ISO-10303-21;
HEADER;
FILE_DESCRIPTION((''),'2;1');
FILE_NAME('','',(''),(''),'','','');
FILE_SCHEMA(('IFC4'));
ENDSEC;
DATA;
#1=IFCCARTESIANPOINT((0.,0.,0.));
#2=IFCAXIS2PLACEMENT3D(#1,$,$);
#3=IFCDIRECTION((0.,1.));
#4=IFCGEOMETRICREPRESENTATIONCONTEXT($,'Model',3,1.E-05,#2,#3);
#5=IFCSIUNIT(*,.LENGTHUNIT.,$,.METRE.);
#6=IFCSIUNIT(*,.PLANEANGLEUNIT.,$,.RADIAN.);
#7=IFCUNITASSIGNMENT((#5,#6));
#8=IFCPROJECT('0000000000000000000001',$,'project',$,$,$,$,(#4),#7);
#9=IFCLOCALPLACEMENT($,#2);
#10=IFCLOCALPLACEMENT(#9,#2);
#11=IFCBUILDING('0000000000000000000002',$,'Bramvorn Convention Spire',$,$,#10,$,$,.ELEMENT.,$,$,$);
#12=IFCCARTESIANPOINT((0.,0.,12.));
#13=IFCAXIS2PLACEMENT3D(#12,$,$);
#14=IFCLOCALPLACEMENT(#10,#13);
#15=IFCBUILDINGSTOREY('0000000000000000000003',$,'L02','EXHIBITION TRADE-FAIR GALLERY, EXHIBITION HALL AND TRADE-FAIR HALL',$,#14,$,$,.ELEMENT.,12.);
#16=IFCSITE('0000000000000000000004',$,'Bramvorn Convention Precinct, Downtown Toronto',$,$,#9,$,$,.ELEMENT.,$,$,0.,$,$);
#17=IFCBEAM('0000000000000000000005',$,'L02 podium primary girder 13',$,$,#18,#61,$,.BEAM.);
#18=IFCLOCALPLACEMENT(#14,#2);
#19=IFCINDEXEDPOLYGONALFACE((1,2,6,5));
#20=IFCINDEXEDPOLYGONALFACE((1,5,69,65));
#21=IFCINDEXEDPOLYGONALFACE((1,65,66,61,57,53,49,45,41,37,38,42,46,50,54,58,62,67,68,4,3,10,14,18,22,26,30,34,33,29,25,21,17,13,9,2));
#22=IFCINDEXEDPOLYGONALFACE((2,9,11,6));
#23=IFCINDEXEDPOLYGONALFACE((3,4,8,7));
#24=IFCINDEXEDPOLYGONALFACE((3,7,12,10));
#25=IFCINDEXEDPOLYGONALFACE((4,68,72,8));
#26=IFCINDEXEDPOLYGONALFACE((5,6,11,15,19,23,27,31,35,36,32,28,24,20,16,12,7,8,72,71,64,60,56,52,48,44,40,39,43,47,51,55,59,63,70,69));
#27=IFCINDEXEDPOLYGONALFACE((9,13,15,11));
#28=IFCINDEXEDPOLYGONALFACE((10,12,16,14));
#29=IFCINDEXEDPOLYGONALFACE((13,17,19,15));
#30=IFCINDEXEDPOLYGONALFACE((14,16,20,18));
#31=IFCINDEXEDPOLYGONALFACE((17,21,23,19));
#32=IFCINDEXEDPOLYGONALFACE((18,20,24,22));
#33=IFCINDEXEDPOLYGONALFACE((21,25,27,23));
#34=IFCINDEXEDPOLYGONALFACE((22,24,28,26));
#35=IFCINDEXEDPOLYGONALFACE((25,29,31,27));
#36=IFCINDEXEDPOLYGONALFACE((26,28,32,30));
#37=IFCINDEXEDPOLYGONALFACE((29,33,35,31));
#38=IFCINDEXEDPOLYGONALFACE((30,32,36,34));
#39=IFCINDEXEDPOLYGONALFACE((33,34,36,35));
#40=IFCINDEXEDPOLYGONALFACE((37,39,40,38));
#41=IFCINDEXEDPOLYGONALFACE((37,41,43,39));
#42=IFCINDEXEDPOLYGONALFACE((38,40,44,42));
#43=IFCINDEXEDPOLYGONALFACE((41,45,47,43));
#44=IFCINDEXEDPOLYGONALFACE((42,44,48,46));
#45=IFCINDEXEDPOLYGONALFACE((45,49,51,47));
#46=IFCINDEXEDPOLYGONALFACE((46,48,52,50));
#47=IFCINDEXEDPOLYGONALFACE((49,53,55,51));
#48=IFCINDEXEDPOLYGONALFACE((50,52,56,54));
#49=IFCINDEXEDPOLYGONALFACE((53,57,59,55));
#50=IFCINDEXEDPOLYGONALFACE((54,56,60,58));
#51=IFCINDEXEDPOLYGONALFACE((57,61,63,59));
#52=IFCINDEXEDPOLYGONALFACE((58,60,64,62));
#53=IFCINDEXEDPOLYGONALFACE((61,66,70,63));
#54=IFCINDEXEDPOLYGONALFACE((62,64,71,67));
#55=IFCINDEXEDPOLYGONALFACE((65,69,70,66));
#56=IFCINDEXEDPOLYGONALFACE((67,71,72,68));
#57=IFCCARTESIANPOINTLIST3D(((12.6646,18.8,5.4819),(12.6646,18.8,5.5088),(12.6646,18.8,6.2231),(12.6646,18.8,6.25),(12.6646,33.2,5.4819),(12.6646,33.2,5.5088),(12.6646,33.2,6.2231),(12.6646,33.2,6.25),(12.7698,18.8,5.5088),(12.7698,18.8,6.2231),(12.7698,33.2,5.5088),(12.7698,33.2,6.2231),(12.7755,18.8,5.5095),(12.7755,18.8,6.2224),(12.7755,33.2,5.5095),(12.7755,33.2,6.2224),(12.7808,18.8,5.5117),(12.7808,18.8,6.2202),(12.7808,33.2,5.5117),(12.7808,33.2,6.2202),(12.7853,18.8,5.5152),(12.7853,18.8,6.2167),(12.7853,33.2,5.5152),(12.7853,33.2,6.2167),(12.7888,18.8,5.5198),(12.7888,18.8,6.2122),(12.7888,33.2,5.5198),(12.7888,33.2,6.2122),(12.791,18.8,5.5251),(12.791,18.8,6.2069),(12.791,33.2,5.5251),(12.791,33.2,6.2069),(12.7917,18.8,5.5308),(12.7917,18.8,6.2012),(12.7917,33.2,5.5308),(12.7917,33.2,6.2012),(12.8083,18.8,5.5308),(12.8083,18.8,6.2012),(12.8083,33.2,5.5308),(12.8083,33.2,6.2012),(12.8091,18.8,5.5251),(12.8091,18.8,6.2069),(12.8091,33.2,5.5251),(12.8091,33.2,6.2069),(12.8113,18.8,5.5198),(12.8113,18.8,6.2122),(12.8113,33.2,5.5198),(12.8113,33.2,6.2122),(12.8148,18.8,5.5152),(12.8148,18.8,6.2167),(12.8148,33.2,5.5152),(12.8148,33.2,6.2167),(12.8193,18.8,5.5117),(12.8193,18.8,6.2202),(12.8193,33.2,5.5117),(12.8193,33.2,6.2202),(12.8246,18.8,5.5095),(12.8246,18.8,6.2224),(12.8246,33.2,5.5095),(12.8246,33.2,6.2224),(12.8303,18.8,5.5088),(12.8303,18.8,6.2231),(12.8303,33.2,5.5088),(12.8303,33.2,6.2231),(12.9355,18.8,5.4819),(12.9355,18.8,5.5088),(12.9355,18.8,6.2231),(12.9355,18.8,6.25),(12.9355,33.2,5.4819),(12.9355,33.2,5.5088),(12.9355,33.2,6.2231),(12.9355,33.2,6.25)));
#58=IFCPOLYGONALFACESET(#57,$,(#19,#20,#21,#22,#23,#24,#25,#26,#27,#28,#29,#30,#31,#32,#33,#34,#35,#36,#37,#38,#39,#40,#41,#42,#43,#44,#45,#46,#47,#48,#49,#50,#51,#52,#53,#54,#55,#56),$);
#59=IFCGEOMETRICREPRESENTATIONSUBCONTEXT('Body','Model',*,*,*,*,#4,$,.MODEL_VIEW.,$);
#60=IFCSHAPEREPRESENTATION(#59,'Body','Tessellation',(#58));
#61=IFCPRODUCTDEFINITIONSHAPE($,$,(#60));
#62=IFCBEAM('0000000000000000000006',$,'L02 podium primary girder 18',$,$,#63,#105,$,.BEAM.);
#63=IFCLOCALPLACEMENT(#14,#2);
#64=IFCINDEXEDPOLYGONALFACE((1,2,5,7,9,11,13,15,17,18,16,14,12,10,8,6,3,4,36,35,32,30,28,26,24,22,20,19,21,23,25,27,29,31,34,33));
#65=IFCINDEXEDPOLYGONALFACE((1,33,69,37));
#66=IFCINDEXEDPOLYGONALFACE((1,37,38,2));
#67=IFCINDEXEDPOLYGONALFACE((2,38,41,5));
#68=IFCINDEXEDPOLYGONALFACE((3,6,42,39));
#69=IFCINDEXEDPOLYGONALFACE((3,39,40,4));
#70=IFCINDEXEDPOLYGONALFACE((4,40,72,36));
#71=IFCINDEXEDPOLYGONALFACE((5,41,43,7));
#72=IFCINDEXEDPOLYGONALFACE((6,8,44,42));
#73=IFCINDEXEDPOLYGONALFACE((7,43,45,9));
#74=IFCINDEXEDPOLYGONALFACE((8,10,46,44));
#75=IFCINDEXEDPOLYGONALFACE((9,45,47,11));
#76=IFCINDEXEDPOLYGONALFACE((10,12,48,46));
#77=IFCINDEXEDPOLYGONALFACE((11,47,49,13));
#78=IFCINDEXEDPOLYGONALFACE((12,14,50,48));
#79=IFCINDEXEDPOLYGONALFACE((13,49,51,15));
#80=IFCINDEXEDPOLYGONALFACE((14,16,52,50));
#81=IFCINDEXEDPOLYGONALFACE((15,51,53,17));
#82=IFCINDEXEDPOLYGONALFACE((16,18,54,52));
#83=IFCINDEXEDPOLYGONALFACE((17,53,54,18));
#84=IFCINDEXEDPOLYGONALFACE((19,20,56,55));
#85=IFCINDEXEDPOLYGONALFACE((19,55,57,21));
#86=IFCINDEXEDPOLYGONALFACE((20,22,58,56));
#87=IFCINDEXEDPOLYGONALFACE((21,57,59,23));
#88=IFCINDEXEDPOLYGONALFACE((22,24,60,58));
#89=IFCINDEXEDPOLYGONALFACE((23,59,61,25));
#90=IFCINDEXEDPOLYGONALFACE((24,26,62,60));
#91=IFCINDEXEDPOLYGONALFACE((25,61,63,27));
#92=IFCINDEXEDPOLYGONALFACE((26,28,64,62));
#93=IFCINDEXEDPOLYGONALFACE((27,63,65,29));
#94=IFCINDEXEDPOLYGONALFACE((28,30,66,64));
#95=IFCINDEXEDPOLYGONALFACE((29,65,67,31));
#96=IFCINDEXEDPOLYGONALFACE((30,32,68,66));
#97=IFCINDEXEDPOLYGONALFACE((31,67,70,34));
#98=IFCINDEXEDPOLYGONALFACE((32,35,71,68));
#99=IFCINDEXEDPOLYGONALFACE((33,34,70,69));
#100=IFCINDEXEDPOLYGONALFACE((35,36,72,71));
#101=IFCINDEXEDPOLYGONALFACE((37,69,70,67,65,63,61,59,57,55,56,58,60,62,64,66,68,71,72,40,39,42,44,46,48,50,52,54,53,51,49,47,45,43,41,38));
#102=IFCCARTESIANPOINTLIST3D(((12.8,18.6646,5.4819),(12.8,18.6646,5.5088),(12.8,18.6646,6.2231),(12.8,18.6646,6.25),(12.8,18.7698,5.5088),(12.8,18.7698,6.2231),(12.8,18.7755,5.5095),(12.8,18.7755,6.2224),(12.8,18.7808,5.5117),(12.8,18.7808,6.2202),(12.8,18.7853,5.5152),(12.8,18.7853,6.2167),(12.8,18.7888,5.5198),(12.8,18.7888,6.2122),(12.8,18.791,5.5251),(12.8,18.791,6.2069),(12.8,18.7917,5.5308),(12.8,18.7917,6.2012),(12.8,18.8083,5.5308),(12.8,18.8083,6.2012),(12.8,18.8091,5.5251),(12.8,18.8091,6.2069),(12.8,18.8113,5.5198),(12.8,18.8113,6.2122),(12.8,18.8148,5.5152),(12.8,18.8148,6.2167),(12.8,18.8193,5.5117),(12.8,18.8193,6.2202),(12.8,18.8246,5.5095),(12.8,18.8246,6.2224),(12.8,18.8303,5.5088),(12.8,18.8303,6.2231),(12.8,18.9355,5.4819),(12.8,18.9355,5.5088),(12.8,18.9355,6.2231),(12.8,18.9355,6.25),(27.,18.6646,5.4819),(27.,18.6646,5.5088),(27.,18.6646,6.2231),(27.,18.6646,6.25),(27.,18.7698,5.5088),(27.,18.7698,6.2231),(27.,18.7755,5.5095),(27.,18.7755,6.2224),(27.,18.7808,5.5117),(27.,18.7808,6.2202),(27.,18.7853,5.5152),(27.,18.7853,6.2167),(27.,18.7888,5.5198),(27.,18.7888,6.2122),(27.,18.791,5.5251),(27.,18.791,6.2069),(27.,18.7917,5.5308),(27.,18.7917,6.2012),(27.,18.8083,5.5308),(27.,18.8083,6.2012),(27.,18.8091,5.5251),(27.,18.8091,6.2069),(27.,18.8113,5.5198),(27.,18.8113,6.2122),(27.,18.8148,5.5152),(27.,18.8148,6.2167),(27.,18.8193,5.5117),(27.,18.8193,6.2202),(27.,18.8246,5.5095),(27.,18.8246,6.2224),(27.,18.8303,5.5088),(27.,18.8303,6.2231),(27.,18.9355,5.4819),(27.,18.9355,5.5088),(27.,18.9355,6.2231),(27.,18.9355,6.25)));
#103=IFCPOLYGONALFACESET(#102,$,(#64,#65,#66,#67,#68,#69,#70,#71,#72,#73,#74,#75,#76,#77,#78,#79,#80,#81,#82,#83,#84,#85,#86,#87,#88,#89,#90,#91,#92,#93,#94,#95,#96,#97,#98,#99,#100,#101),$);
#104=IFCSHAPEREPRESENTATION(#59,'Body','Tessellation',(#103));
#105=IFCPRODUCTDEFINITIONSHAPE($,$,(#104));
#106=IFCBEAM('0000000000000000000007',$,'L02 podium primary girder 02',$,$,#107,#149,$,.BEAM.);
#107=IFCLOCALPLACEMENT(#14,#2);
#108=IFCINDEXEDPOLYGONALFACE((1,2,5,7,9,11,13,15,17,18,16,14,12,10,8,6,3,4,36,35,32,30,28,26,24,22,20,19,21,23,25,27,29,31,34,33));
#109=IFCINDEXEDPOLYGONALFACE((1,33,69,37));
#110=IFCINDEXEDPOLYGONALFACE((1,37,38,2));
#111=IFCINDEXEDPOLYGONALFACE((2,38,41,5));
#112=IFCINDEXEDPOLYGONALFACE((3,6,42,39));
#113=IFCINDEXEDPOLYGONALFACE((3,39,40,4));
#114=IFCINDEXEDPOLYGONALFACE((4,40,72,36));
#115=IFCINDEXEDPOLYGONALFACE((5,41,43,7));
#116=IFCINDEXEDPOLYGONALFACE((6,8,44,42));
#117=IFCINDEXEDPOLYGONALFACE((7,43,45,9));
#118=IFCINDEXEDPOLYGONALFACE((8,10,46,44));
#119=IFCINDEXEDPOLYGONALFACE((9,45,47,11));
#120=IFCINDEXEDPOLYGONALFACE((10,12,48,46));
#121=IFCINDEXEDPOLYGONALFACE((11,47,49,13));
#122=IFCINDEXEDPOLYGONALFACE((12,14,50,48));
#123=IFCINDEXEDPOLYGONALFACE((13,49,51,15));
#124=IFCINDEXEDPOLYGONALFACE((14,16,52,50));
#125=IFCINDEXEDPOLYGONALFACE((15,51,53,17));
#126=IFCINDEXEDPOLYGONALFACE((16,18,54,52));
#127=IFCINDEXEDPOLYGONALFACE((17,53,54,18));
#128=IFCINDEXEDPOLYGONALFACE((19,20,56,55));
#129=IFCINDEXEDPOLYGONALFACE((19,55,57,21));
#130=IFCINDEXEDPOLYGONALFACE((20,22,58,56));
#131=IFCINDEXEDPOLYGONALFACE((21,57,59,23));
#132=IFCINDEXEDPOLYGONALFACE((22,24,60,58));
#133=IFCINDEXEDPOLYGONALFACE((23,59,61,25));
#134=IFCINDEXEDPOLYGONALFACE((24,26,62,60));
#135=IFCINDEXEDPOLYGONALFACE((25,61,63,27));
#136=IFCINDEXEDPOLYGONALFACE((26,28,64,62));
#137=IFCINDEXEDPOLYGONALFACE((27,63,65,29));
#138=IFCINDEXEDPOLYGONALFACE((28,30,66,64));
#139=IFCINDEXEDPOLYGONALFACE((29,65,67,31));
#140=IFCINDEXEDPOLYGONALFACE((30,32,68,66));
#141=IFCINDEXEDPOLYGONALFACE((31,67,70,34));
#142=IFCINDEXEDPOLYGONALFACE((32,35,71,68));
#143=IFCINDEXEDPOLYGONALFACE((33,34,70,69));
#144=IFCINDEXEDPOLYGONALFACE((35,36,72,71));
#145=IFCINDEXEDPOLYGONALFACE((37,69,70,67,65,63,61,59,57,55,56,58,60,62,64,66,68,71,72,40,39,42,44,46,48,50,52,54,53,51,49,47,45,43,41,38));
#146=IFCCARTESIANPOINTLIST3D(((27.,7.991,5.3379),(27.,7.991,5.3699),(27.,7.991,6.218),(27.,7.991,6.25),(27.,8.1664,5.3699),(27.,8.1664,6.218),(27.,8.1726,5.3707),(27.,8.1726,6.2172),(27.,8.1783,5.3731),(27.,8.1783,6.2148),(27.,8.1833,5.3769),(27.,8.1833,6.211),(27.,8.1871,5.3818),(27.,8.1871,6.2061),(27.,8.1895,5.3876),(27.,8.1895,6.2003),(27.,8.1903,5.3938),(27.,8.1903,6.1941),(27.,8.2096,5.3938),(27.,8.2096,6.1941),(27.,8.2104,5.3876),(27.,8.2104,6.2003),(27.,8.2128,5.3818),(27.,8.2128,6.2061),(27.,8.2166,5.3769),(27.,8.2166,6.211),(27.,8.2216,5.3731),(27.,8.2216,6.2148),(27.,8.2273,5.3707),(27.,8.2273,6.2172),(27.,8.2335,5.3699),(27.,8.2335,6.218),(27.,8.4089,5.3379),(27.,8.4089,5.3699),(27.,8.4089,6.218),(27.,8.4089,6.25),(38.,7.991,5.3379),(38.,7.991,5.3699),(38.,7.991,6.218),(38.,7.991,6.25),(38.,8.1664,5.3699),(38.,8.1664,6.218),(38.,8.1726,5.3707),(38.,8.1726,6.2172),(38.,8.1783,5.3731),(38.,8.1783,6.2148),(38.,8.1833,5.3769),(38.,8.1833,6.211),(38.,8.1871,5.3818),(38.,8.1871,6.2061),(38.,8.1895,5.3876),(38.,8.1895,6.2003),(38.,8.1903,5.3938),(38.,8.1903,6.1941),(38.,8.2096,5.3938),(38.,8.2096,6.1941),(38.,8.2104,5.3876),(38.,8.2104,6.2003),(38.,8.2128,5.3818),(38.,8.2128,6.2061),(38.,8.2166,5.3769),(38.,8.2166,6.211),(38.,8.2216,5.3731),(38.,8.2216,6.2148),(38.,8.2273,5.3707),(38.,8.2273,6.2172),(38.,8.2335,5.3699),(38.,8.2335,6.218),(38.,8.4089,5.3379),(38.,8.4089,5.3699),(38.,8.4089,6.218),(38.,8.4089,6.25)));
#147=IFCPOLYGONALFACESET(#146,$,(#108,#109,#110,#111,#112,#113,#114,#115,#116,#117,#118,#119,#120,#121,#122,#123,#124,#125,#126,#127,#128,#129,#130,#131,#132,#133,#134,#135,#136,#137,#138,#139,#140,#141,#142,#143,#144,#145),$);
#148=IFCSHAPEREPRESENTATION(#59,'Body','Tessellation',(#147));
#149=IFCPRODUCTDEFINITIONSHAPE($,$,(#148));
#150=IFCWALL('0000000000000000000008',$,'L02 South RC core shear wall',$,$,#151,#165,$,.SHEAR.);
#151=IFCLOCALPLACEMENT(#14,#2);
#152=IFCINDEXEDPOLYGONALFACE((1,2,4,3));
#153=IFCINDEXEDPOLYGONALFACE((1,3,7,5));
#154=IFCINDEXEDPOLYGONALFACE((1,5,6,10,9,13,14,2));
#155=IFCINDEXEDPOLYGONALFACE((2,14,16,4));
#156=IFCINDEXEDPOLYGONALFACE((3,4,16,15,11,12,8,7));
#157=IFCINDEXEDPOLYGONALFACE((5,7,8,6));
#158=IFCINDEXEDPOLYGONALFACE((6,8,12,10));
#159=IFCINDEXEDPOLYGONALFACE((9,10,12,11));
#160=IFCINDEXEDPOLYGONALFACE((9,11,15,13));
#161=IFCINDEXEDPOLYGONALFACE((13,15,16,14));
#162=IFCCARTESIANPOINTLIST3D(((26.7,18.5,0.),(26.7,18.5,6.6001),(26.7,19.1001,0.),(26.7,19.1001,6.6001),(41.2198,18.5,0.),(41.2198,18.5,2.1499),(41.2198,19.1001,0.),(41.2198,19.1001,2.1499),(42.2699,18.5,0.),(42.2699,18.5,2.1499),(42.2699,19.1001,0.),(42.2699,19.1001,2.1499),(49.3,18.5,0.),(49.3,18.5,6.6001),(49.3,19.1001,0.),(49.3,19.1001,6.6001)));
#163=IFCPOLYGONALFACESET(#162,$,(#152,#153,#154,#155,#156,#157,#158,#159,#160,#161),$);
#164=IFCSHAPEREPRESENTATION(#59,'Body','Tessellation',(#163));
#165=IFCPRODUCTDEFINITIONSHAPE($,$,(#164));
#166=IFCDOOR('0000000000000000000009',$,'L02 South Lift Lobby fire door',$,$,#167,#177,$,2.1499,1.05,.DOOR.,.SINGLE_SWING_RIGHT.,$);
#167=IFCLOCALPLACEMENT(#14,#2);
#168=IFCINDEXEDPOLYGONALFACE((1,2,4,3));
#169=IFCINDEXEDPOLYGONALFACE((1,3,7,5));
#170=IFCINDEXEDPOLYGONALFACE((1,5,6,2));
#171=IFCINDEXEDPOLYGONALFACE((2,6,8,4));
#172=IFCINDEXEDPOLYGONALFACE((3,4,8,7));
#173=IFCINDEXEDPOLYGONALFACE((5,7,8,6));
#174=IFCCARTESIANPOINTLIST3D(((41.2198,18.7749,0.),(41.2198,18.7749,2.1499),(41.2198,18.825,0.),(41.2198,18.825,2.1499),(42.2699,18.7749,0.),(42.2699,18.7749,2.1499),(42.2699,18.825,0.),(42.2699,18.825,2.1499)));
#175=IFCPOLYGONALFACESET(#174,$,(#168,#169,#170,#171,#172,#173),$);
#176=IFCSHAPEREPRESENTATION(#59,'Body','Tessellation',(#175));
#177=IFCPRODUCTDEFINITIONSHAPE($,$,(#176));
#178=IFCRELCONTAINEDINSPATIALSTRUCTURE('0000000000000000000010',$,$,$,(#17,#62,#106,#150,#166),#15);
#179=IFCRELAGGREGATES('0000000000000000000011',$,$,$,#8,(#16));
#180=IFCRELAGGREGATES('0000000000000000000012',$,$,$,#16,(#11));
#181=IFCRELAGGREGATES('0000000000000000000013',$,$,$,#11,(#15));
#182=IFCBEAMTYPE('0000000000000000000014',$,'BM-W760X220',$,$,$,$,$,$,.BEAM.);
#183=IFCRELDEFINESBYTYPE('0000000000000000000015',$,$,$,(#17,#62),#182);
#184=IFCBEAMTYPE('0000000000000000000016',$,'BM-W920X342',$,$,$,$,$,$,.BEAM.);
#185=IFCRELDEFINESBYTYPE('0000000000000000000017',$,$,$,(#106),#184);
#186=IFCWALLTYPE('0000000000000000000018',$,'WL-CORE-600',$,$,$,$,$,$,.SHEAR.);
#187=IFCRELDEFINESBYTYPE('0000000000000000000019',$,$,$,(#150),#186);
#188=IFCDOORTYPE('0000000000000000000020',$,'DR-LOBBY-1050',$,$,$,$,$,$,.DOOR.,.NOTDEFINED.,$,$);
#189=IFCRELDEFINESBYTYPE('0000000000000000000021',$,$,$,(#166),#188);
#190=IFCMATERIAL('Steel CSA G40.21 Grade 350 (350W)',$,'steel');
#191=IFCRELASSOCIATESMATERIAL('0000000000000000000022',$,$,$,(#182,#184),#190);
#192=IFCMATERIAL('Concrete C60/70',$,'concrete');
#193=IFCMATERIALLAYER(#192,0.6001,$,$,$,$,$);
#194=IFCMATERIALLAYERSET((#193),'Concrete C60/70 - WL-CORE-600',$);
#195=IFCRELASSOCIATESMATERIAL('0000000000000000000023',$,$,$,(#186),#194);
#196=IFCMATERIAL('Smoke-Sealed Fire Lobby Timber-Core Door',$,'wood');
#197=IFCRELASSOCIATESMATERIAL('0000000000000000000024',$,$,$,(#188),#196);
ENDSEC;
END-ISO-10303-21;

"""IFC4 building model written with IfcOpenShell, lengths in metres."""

from ifc_helpers import new_model, si_unit, direction, frame, frame_2d, origin, origin_2d, place, context, subcontext, project, spatial, rectangle, i_section, extrude, material, layer, layer_set, material_profile, profile_set, type_object, element, fill, save


model = new_model("IFC4")

# Units and contexts
model_context = context("Model", 3, precision=1e-05, world=origin(), true_north=direction((0.0, 1.0)))
body_context = subcontext(model_context, "Body", "Model", "MODEL_VIEW")
ifc_project = project(units=[si_unit("LENGTHUNIT", "METRE"), si_unit("PLANEANGLEUNIT", "RADIAN")], contexts=[model_context])

# Site, building, storey
site_placement = place(None, origin())
site = spatial("IfcSite", under=ifc_project, at=site_placement, Name="Bramvorn Convention Precinct, Downtown Toronto", CompositionType="ELEMENT", RefElevation=0.0)
building_placement = place(site_placement, origin())
building = spatial("IfcBuilding", under=site, at=building_placement, Name="Bramvorn Convention Spire", CompositionType="ELEMENT")
storey_placement = place(building_placement, frame((0.0, 0.0, 12.0)))
storey = spatial("IfcBuildingStorey", under=building, at=storey_placement, Name="L02", Description="EXHIBITION TRADE-FAIR GALLERY, EXHIBITION HALL AND TRADE-FAIR HALL", CompositionType="ELEMENT", Elevation=12.0)

# Shared definitions
ifc_material_1 = material(Name="Steel CSA G40.21 Grade 350 (350W)", Category="steel")
ifc_material_2 = material(Name="Concrete C60/70", Category="concrete")

# Beams
ifc_material_profile_1 = material_profile(ifc_material_1, i_section(OverallWidth=0.271, OverallDepth=0.7681, WebThickness=0.0166, FlangeThickness=0.0269, FilletRadius=0.022, at=origin_2d()))
ifc_profile_set_1 = profile_set([ifc_material_profile_1], Name="Steel CSA G40.21 Grade 350 (350W) - W760X220")
beam_type_1 = type_object("IfcBeamType", Name="BM-W760X220", PredefinedType="BEAM", material=ifc_profile_set_1)
beam_1_placement = place(storey_placement, frame((12.8, 18.8, 5.866), z_axis=(0.0, 1.0, 0.0), x_axis=(-1.0, 0.0, 0.0)))
element("IfcBeam", 1, at=beam_1_placement, inside=storey, type_object=beam_type_1, Name="L02 podium primary girder 13", PredefinedType="BEAM", context=body_context, shape_type="SweptSolid", body=[
    extrude(i_section(OverallWidth=0.271, OverallDepth=0.7681, WebThickness=0.0166, FlangeThickness=0.0269, FilletRadius=0.022, at=origin_2d()), origin(), (0.0, 0.0, 1.0), 14.3999),
])
beam_2_placement = place(storey_placement, frame((12.8, 18.8, 5.866), z_axis=(1.0, 0.0, 0.0), x_axis=(0.0, 1.0, 0.0)))
element("IfcBeam", 2, at=beam_2_placement, inside=storey, type_object=beam_type_1, Name="L02 podium primary girder 18", PredefinedType="BEAM", context=body_context, shape_type="SweptSolid", body=[
    extrude(i_section(OverallWidth=0.271, OverallDepth=0.7681, WebThickness=0.0166, FlangeThickness=0.0269, FilletRadius=0.022, at=origin_2d()), origin(), (0.0, 0.0, 1.0), 14.2),
])
ifc_material_profile_2 = material_profile(ifc_material_1, i_section(OverallWidth=0.418, OverallDepth=0.9121, WebThickness=0.0193, FlangeThickness=0.032, FilletRadius=0.0239, at=origin_2d()))
ifc_profile_set_2 = profile_set([ifc_material_profile_2], Name="Steel CSA G40.21 Grade 350 (350W) - W920X342")
beam_type_2 = type_object("IfcBeamType", Name="BM-W920X342", PredefinedType="BEAM", material=ifc_profile_set_2)
beam_3_placement = place(storey_placement, frame((27.0, 8.2, 5.7939), z_axis=(1.0, 0.0, 0.0), x_axis=(0.0, 1.0, 0.0)))
element("IfcBeam", 3, at=beam_3_placement, inside=storey, type_object=beam_type_2, Name="L02 podium primary girder 02", PredefinedType="BEAM", context=body_context, shape_type="SweptSolid", body=[
    extrude(i_section(OverallWidth=0.418, OverallDepth=0.9121, WebThickness=0.0193, FlangeThickness=0.032, FilletRadius=0.0239, at=origin_2d()), origin(), (0.0, 0.0, 1.0), 11.0),
])

# Wall, opening, door
ifc_layer_1 = layer(ifc_material_2, 0.6001)
ifc_layer_set_1 = layer_set([ifc_layer_1], Name="Concrete C60/70 - WL-CORE-600")
wall_type_1 = type_object("IfcWallType", Name="WL-CORE-600", PredefinedType="SHEAR", material=ifc_layer_set_1)
wall_1_placement = place(storey_placement, frame((26.7, 18.8, 0.0), z_axis=(0.0, 0.0, 1.0), x_axis=(1.0, 0.0, 0.0)))
wall_1 = element("IfcWall", 4, at=wall_1_placement, inside=storey, type_object=wall_type_1, Name="L02 South RC core shear wall", PredefinedType="SHEAR", context=body_context, shape_type="SweptSolid", body=[
    extrude(rectangle(XDim=22.6001, YDim=0.6001, at=frame_2d((11.3, 0.0))), origin(), (0.0, 0.0, 1.0), 6.6001),
])
opening_1_placement = place(wall_1_placement, frame((14.52, 0.0, 0.0)))
opening_1 = element("IfcOpeningElement", 5, at=opening_1_placement, cuts=wall_1, PredefinedType="OPENING", context=body_context, shape_type="SweptSolid", body=[
    extrude(rectangle(XDim=1.05, YDim=2.1499, at=frame_2d((0.5249, 1.075))), frame((0.0, 0.3101, 0.0), z_axis=(0.0, -1.0, 0.0), x_axis=(1.0, 0.0, 0.0)), (0.0, 0.0, 1.0), 0.6201),
])
ifc_material_3 = material(Name="Smoke-Sealed Fire Lobby Timber-Core Door", Category="wood")
door_type_1 = type_object("IfcDoorType", Name="DR-LOBBY-1050", OperationType="NOTDEFINED", PredefinedType="DOOR", material=ifc_material_3)
door_1_placement = place(opening_1_placement, origin())
door_1 = element("IfcDoor", 6, at=door_1_placement, inside=storey, type_object=door_type_1, Name="L02 South Lift Lobby fire door", OperationType="SINGLE_SWING_RIGHT", OverallHeight=2.1499, OverallWidth=1.05, PredefinedType="DOOR", context=body_context, shape_type="SweptSolid", body=[
    extrude(rectangle(XDim=1.05, YDim=2.1499, at=frame_2d((0.5249, 1.075))), frame((0.0, 0.0249, 0.0), z_axis=(0.0, -1.0, 0.0), x_axis=(1.0, 0.0, 0.0)), (0.0, 0.0, 1.0), 0.05),
])
fill(opening_1, door_1)

save(model, "model.ifc")
